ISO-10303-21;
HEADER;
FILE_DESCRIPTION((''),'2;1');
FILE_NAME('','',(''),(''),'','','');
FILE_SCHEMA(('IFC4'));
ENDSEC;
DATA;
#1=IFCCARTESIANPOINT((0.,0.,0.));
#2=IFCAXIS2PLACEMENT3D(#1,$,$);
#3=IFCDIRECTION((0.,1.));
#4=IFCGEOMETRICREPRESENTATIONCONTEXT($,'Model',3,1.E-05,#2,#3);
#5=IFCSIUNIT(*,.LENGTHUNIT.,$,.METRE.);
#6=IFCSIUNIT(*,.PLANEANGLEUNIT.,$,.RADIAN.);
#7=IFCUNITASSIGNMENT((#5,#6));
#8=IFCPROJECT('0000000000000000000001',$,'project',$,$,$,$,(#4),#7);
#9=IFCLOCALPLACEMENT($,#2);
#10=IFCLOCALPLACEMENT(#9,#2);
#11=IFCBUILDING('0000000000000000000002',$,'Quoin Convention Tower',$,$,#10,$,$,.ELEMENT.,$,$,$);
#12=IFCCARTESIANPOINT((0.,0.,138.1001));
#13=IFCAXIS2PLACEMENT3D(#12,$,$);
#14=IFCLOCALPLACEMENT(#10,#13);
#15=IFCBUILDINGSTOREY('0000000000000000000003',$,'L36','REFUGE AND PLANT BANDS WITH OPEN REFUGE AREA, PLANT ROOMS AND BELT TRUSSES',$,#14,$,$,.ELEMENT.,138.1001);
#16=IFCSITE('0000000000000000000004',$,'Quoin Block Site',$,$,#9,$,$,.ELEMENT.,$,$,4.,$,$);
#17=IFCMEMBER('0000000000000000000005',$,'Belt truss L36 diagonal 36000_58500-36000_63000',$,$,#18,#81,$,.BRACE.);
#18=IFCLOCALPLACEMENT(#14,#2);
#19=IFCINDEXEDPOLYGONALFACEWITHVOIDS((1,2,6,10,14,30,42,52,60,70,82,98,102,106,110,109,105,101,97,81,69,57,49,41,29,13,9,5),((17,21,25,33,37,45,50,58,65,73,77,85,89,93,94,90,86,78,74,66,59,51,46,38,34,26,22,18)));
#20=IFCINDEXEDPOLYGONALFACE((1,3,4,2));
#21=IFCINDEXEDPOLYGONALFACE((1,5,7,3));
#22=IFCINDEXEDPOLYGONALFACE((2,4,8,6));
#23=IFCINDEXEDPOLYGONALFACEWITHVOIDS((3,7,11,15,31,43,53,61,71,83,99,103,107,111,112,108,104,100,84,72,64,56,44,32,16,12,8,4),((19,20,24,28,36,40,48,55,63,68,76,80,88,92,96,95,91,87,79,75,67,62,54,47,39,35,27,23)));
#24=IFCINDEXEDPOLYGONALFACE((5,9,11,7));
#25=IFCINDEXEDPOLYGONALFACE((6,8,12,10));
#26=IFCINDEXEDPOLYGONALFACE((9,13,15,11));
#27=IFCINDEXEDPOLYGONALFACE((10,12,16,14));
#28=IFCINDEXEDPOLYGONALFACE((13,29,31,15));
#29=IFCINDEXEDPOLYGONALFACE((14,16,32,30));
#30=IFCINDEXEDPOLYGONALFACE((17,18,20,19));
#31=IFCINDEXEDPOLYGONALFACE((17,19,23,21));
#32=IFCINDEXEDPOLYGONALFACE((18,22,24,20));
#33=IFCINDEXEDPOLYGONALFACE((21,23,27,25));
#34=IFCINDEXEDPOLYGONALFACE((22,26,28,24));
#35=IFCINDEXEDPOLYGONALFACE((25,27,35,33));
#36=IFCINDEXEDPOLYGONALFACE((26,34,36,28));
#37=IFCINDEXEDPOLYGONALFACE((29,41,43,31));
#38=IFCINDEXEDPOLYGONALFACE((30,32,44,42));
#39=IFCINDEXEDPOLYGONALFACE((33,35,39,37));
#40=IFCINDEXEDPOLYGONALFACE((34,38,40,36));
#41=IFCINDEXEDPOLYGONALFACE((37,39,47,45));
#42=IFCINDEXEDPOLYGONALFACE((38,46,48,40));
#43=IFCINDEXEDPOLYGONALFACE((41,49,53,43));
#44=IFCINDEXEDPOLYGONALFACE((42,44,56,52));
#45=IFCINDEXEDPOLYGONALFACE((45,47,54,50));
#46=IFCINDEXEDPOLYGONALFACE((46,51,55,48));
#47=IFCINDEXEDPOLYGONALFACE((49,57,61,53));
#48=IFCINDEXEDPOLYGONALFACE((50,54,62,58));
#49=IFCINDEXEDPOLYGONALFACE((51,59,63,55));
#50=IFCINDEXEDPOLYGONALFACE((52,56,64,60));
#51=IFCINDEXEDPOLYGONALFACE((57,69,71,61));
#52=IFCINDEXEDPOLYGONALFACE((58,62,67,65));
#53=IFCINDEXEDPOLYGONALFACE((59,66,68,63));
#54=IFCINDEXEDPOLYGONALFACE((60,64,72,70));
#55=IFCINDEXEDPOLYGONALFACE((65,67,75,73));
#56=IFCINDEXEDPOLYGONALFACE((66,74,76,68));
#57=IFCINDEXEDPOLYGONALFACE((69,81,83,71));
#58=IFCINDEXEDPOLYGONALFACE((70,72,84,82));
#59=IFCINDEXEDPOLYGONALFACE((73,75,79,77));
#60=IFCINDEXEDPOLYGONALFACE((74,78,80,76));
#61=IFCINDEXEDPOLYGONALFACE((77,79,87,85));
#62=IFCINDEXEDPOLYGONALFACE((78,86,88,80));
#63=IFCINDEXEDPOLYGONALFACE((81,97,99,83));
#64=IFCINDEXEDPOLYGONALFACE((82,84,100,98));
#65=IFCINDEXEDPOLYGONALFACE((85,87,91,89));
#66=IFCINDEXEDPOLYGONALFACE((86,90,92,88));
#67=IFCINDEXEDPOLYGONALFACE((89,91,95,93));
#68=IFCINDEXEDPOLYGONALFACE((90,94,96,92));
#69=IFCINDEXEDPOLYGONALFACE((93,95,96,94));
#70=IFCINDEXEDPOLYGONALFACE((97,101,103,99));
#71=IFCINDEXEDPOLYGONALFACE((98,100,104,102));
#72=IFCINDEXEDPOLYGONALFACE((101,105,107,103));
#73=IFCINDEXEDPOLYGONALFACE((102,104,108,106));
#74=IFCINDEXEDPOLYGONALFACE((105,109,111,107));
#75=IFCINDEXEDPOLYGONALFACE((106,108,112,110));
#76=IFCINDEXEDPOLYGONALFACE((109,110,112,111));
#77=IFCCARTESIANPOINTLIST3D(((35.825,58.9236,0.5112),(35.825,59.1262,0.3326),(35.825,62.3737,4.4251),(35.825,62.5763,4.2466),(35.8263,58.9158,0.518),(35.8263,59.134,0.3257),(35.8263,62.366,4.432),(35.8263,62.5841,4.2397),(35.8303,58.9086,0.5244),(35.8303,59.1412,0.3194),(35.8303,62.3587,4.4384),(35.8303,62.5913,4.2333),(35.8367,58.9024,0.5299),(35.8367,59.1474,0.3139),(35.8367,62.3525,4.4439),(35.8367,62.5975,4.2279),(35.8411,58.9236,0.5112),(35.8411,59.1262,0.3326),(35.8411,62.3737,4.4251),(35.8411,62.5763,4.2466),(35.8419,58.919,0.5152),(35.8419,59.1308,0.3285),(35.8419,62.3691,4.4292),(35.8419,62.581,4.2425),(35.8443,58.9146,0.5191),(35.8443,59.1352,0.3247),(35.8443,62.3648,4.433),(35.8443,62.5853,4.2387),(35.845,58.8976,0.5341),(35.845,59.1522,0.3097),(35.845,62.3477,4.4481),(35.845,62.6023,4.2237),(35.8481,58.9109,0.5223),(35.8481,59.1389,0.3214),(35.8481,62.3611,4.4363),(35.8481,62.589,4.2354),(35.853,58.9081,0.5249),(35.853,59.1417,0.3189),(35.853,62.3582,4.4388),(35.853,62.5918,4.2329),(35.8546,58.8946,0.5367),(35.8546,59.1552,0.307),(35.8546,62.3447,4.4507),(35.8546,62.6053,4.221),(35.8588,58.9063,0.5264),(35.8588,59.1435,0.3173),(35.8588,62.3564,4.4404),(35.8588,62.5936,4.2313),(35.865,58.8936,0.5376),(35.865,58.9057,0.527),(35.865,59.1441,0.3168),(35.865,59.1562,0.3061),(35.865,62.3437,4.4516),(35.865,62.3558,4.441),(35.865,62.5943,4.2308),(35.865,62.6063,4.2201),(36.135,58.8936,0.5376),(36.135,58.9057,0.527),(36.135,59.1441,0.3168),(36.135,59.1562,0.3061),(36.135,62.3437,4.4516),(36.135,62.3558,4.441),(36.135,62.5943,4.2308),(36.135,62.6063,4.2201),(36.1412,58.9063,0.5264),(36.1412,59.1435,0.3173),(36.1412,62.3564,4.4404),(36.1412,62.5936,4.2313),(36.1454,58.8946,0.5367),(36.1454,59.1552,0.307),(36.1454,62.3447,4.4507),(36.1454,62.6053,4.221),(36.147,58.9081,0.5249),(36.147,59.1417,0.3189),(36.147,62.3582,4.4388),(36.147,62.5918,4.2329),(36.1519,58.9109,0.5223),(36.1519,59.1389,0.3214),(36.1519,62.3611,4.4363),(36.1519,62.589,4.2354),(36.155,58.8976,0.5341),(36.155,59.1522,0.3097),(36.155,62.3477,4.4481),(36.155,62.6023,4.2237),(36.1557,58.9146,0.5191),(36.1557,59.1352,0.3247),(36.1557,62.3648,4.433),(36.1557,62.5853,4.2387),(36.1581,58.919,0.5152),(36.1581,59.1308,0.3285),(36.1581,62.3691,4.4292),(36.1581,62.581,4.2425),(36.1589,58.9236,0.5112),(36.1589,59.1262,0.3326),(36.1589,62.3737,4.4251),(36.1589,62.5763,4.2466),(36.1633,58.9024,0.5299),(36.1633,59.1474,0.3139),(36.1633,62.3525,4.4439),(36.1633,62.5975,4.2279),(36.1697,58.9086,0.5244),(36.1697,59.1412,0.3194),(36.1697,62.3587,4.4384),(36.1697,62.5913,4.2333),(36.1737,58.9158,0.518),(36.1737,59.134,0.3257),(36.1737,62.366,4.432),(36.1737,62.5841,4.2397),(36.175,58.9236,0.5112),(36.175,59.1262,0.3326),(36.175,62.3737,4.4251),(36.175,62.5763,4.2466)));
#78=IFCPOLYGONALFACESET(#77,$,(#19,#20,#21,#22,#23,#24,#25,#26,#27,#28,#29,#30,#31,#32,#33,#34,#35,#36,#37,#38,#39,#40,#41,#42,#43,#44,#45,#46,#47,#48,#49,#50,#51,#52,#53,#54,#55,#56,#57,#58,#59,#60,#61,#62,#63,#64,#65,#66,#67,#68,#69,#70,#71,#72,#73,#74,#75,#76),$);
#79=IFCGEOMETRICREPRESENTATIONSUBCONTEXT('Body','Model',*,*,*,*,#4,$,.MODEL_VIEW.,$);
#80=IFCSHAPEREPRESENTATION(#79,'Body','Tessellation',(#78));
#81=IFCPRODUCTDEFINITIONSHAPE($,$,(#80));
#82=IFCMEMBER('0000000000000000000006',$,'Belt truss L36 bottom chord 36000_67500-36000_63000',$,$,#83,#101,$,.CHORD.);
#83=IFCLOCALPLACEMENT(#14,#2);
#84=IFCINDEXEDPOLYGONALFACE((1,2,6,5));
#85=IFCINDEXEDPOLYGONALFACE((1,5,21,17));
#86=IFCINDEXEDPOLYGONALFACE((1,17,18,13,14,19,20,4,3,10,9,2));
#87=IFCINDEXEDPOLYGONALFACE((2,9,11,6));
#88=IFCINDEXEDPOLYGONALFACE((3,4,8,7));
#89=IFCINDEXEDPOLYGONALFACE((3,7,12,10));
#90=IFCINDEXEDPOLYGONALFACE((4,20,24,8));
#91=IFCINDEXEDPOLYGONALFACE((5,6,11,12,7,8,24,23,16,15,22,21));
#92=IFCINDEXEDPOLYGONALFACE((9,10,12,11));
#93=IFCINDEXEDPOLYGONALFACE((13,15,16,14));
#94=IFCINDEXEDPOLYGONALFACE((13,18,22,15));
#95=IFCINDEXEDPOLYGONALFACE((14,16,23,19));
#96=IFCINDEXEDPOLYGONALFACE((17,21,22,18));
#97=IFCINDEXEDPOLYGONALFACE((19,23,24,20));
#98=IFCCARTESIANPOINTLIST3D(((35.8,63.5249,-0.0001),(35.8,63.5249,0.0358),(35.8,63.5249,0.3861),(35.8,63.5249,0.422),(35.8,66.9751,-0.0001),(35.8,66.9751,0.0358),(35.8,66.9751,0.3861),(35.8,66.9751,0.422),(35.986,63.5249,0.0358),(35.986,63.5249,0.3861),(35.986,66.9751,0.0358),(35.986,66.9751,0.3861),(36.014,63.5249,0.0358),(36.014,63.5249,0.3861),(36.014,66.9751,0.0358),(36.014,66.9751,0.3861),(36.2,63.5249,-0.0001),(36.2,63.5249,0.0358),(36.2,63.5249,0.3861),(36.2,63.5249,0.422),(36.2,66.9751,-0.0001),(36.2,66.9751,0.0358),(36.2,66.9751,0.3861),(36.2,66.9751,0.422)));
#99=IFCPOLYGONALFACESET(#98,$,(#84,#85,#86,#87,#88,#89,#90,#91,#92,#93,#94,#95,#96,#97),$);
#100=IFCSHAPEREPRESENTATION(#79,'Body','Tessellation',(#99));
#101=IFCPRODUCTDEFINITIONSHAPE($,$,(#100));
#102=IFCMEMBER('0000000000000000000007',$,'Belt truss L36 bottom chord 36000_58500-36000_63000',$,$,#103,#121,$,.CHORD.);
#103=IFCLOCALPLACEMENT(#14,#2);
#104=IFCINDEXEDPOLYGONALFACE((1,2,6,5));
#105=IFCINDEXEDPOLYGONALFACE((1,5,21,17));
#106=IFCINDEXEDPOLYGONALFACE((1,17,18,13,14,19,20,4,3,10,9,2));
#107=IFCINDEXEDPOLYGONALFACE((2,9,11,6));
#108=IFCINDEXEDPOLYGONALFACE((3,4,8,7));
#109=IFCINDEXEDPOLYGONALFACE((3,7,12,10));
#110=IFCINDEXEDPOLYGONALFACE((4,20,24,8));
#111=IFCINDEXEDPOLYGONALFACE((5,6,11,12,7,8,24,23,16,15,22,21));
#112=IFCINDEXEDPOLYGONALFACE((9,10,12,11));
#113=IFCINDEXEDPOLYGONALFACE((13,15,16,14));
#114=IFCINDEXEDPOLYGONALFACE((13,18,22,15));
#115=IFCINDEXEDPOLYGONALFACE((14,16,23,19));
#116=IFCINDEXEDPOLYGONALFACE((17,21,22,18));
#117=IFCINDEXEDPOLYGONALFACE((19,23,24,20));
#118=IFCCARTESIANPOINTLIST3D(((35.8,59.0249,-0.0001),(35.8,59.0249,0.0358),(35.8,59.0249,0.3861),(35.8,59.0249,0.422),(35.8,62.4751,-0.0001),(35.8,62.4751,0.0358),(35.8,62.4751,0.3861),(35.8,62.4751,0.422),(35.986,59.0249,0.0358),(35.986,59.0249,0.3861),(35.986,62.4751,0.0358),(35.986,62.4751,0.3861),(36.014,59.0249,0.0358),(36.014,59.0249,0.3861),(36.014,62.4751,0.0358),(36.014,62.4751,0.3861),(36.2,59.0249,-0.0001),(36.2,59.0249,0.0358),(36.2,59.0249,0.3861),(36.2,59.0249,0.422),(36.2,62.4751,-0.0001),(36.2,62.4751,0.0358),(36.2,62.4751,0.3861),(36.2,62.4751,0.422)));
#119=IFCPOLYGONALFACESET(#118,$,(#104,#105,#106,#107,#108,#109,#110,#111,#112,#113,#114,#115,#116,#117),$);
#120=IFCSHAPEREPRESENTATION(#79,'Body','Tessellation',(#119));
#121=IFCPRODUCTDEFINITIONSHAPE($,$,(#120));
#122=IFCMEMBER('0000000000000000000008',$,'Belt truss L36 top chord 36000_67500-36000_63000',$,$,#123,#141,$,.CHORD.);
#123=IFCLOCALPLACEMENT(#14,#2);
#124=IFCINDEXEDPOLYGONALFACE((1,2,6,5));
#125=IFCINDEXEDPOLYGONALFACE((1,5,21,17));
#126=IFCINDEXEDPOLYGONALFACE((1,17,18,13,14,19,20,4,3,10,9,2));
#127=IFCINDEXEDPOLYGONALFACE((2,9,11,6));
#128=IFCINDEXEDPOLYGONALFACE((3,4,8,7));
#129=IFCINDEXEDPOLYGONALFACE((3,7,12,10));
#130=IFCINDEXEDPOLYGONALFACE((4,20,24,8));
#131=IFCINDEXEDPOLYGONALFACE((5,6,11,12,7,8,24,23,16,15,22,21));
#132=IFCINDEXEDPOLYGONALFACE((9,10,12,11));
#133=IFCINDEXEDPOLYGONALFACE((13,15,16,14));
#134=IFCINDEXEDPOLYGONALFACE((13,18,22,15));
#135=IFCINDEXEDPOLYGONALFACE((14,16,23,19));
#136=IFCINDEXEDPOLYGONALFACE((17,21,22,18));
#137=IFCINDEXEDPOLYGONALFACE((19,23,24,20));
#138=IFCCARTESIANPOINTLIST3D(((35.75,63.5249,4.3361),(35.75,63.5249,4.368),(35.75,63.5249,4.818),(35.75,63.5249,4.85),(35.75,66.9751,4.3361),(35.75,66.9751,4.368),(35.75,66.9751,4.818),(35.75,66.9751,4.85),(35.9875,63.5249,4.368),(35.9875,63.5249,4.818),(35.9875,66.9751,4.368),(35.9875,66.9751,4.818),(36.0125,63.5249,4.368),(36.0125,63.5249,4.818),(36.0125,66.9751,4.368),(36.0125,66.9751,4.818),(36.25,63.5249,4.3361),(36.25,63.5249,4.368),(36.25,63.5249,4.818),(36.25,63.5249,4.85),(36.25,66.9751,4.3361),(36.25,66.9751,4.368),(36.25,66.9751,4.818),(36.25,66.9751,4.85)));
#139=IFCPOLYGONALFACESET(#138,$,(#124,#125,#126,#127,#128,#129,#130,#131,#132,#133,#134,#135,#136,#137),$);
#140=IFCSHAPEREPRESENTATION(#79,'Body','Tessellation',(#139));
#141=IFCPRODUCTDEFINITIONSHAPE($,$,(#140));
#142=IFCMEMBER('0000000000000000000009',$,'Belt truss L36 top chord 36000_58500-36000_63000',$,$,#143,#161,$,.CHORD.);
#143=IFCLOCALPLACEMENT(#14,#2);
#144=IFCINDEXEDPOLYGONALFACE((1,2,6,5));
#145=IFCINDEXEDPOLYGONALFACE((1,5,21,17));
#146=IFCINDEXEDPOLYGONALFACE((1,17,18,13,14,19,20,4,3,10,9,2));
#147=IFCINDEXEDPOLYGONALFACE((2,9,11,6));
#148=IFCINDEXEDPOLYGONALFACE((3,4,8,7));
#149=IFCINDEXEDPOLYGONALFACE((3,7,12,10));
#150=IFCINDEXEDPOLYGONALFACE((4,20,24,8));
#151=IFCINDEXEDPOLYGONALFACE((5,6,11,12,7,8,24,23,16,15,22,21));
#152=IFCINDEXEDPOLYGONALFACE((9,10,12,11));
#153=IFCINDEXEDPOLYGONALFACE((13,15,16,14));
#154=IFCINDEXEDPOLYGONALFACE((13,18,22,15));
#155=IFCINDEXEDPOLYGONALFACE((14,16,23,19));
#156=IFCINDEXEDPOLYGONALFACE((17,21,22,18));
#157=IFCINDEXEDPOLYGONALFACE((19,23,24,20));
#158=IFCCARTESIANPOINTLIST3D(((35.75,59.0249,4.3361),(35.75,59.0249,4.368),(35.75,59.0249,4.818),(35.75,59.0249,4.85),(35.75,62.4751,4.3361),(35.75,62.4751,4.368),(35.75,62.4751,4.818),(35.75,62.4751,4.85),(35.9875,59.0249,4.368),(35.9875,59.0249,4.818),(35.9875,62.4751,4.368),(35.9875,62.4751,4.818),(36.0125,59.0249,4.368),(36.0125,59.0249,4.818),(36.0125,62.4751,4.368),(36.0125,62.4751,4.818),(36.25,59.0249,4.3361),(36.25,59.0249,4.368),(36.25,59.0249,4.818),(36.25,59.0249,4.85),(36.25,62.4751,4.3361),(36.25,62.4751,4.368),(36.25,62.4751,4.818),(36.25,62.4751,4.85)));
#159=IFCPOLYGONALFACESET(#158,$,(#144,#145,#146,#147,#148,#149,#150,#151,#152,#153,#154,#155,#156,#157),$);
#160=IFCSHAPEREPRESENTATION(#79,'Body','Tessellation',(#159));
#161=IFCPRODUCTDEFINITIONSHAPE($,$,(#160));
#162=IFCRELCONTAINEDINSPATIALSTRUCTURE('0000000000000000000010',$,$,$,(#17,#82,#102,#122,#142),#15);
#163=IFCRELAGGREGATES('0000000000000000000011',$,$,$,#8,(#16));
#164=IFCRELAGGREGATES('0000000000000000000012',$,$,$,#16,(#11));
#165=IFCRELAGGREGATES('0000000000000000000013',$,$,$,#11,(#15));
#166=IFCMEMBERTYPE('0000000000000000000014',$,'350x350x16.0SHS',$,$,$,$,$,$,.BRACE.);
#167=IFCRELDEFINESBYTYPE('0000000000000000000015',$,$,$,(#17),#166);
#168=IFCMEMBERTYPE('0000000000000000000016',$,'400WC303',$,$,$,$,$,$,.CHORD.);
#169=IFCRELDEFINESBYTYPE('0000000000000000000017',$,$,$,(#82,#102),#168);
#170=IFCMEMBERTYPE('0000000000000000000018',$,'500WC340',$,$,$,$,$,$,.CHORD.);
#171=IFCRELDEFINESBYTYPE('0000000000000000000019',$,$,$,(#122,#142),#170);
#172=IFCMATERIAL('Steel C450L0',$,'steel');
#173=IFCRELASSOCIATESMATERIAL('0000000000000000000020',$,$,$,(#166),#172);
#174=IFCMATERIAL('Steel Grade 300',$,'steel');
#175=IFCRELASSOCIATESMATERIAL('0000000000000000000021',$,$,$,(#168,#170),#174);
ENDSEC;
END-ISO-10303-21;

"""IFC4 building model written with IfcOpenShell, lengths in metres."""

from ifc_helpers import new_model, si_unit, direction, frame, origin, origin_2d, place, context, subcontext, project, spatial, hollow_rectangle, i_section, extrude, material, material_profile, profile_set, type_object, element, save


model = new_model("IFC4")

# Units and contexts
model_context = context("Model", 3, precision=1e-05, world=origin(), true_north=direction((0.0, 1.0)))
body_context = subcontext(model_context, "Body", "Model", "MODEL_VIEW")
ifc_project = project(units=[si_unit("LENGTHUNIT", "METRE"), si_unit("PLANEANGLEUNIT", "RADIAN")], contexts=[model_context])

# Site, building, storey
site_placement = place(None, origin())
site = spatial("IfcSite", under=ifc_project, at=site_placement, Name="Quoin Block Site", CompositionType="ELEMENT", RefElevation=4.0)
building_placement = place(site_placement, origin())
building = spatial("IfcBuilding", under=site, at=building_placement, Name="Quoin Convention Tower", CompositionType="ELEMENT")
storey_placement = place(building_placement, frame((0.0, 0.0, 138.1001)))
storey = spatial("IfcBuildingStorey", under=building, at=storey_placement, Name="L36", Description="REFUGE AND PLANT BANDS WITH OPEN REFUGE AREA, PLANT ROOMS AND BELT TRUSSES", CompositionType="ELEMENT", Elevation=138.1001)

# Members
ifc_material_1 = material(Name="Steel C450L0", Category="steel")
ifc_material_profile_1 = material_profile(ifc_material_1, hollow_rectangle(XDim=0.3501, YDim=0.3501, WallThickness=0.0161, InnerFilletRadius=0.0239, OuterFilletRadius=0.04, at=origin_2d()), Name="350x350x16.0SHS")
ifc_profile_set_1 = profile_set([ifc_material_profile_1], Name="Steel C450L0")
member_type_1 = type_object("IfcMemberType", Name="350x350x16.0SHS", PredefinedType="BRACE", material=ifc_profile_set_1)
for number, where, z_axis, x_axis, name in (
    (1, (36.0, 59.0249, 0.4219), (0.0, 0.661256, 0.75016), (-1.0, 0.0, 0.0), "Belt truss L36 diagonal 36000_58500-36000_63000"),
):
    element("IfcMember", number, at=place(storey_placement, frame(where, z_axis=z_axis, x_axis=x_axis)), inside=storey, type_object=member_type_1, Name=name, PredefinedType="BRACE", context=body_context, shape_type="SweptSolid", body=[
        extrude(hollow_rectangle(XDim=0.3501, YDim=0.3501, WallThickness=0.0161, InnerFilletRadius=0.0239, OuterFilletRadius=0.04, at=origin_2d()), origin(), (0.0, 0.0, 1.0), 5.2175),
    ])
ifc_material_2 = material(Name="Steel Grade 300", Category="steel")
ifc_material_profile_2 = material_profile(ifc_material_2, i_section(OverallWidth=0.3999, OverallDepth=0.4221, WebThickness=0.0281, FlangeThickness=0.0359, at=origin_2d()), Name="400WC303")
ifc_profile_set_2 = profile_set([ifc_material_profile_2], Name="Steel Grade 300")
member_type_2 = type_object("IfcMemberType", Name="400WC303", PredefinedType="CHORD", material=ifc_profile_set_2)
for number, where, z_axis, x_axis, name in (
    (2, (36.0, 66.9751, 0.2109), (0.0, -1.0, 0.0), (1.0, 0.0, 0.0), "Belt truss L36 bottom chord 36000_67500-36000_63000"),
    (3, (36.0, 59.0249, 0.2109), (0.0, 1.0, 0.0), (-1.0, 0.0, 0.0), "Belt truss L36 bottom chord 36000_58500-36000_63000"),
):
    element("IfcMember", number, at=place(storey_placement, frame(where, z_axis=z_axis, x_axis=x_axis)), inside=storey, type_object=member_type_2, Name=name, PredefinedType="CHORD", context=body_context, shape_type="SweptSolid", body=[
        extrude(i_section(OverallWidth=0.3999, OverallDepth=0.4221, WebThickness=0.0281, FlangeThickness=0.0359, at=origin_2d()), origin(), (0.0, 0.0, 1.0), 3.4502),
    ])
ifc_material_profile_3 = material_profile(ifc_material_2, i_section(OverallWidth=0.5, OverallDepth=0.5139, WebThickness=0.0249, FlangeThickness=0.032, at=origin_2d()), Name="500WC340")
ifc_profile_set_3 = profile_set([ifc_material_profile_3], Name="Steel Grade 300")
member_type_3 = type_object("IfcMemberType", Name="500WC340", PredefinedType="CHORD", material=ifc_profile_set_3)
for number, where, z_axis, x_axis, name in (
    (4, (36.0, 66.9751, 4.593), (0.0, -1.0, 0.0), (1.0, 0.0, 0.0), "Belt truss L36 top chord 36000_67500-36000_63000"),
    (5, (36.0, 59.0249, 4.593), (0.0, 1.0, 0.0), (-1.0, 0.0, 0.0), "Belt truss L36 top chord 36000_58500-36000_63000"),
):
    element("IfcMember", number, at=place(storey_placement, frame(where, z_axis=z_axis, x_axis=x_axis)), inside=storey, type_object=member_type_3, Name=name, PredefinedType="CHORD", context=body_context, shape_type="SweptSolid", body=[
        extrude(i_section(OverallWidth=0.5, OverallDepth=0.5139, WebThickness=0.0249, FlangeThickness=0.032, at=origin_2d()), origin(), (0.0, 0.0, 1.0), 3.4502),
    ])

save(model, "model.ifc")
